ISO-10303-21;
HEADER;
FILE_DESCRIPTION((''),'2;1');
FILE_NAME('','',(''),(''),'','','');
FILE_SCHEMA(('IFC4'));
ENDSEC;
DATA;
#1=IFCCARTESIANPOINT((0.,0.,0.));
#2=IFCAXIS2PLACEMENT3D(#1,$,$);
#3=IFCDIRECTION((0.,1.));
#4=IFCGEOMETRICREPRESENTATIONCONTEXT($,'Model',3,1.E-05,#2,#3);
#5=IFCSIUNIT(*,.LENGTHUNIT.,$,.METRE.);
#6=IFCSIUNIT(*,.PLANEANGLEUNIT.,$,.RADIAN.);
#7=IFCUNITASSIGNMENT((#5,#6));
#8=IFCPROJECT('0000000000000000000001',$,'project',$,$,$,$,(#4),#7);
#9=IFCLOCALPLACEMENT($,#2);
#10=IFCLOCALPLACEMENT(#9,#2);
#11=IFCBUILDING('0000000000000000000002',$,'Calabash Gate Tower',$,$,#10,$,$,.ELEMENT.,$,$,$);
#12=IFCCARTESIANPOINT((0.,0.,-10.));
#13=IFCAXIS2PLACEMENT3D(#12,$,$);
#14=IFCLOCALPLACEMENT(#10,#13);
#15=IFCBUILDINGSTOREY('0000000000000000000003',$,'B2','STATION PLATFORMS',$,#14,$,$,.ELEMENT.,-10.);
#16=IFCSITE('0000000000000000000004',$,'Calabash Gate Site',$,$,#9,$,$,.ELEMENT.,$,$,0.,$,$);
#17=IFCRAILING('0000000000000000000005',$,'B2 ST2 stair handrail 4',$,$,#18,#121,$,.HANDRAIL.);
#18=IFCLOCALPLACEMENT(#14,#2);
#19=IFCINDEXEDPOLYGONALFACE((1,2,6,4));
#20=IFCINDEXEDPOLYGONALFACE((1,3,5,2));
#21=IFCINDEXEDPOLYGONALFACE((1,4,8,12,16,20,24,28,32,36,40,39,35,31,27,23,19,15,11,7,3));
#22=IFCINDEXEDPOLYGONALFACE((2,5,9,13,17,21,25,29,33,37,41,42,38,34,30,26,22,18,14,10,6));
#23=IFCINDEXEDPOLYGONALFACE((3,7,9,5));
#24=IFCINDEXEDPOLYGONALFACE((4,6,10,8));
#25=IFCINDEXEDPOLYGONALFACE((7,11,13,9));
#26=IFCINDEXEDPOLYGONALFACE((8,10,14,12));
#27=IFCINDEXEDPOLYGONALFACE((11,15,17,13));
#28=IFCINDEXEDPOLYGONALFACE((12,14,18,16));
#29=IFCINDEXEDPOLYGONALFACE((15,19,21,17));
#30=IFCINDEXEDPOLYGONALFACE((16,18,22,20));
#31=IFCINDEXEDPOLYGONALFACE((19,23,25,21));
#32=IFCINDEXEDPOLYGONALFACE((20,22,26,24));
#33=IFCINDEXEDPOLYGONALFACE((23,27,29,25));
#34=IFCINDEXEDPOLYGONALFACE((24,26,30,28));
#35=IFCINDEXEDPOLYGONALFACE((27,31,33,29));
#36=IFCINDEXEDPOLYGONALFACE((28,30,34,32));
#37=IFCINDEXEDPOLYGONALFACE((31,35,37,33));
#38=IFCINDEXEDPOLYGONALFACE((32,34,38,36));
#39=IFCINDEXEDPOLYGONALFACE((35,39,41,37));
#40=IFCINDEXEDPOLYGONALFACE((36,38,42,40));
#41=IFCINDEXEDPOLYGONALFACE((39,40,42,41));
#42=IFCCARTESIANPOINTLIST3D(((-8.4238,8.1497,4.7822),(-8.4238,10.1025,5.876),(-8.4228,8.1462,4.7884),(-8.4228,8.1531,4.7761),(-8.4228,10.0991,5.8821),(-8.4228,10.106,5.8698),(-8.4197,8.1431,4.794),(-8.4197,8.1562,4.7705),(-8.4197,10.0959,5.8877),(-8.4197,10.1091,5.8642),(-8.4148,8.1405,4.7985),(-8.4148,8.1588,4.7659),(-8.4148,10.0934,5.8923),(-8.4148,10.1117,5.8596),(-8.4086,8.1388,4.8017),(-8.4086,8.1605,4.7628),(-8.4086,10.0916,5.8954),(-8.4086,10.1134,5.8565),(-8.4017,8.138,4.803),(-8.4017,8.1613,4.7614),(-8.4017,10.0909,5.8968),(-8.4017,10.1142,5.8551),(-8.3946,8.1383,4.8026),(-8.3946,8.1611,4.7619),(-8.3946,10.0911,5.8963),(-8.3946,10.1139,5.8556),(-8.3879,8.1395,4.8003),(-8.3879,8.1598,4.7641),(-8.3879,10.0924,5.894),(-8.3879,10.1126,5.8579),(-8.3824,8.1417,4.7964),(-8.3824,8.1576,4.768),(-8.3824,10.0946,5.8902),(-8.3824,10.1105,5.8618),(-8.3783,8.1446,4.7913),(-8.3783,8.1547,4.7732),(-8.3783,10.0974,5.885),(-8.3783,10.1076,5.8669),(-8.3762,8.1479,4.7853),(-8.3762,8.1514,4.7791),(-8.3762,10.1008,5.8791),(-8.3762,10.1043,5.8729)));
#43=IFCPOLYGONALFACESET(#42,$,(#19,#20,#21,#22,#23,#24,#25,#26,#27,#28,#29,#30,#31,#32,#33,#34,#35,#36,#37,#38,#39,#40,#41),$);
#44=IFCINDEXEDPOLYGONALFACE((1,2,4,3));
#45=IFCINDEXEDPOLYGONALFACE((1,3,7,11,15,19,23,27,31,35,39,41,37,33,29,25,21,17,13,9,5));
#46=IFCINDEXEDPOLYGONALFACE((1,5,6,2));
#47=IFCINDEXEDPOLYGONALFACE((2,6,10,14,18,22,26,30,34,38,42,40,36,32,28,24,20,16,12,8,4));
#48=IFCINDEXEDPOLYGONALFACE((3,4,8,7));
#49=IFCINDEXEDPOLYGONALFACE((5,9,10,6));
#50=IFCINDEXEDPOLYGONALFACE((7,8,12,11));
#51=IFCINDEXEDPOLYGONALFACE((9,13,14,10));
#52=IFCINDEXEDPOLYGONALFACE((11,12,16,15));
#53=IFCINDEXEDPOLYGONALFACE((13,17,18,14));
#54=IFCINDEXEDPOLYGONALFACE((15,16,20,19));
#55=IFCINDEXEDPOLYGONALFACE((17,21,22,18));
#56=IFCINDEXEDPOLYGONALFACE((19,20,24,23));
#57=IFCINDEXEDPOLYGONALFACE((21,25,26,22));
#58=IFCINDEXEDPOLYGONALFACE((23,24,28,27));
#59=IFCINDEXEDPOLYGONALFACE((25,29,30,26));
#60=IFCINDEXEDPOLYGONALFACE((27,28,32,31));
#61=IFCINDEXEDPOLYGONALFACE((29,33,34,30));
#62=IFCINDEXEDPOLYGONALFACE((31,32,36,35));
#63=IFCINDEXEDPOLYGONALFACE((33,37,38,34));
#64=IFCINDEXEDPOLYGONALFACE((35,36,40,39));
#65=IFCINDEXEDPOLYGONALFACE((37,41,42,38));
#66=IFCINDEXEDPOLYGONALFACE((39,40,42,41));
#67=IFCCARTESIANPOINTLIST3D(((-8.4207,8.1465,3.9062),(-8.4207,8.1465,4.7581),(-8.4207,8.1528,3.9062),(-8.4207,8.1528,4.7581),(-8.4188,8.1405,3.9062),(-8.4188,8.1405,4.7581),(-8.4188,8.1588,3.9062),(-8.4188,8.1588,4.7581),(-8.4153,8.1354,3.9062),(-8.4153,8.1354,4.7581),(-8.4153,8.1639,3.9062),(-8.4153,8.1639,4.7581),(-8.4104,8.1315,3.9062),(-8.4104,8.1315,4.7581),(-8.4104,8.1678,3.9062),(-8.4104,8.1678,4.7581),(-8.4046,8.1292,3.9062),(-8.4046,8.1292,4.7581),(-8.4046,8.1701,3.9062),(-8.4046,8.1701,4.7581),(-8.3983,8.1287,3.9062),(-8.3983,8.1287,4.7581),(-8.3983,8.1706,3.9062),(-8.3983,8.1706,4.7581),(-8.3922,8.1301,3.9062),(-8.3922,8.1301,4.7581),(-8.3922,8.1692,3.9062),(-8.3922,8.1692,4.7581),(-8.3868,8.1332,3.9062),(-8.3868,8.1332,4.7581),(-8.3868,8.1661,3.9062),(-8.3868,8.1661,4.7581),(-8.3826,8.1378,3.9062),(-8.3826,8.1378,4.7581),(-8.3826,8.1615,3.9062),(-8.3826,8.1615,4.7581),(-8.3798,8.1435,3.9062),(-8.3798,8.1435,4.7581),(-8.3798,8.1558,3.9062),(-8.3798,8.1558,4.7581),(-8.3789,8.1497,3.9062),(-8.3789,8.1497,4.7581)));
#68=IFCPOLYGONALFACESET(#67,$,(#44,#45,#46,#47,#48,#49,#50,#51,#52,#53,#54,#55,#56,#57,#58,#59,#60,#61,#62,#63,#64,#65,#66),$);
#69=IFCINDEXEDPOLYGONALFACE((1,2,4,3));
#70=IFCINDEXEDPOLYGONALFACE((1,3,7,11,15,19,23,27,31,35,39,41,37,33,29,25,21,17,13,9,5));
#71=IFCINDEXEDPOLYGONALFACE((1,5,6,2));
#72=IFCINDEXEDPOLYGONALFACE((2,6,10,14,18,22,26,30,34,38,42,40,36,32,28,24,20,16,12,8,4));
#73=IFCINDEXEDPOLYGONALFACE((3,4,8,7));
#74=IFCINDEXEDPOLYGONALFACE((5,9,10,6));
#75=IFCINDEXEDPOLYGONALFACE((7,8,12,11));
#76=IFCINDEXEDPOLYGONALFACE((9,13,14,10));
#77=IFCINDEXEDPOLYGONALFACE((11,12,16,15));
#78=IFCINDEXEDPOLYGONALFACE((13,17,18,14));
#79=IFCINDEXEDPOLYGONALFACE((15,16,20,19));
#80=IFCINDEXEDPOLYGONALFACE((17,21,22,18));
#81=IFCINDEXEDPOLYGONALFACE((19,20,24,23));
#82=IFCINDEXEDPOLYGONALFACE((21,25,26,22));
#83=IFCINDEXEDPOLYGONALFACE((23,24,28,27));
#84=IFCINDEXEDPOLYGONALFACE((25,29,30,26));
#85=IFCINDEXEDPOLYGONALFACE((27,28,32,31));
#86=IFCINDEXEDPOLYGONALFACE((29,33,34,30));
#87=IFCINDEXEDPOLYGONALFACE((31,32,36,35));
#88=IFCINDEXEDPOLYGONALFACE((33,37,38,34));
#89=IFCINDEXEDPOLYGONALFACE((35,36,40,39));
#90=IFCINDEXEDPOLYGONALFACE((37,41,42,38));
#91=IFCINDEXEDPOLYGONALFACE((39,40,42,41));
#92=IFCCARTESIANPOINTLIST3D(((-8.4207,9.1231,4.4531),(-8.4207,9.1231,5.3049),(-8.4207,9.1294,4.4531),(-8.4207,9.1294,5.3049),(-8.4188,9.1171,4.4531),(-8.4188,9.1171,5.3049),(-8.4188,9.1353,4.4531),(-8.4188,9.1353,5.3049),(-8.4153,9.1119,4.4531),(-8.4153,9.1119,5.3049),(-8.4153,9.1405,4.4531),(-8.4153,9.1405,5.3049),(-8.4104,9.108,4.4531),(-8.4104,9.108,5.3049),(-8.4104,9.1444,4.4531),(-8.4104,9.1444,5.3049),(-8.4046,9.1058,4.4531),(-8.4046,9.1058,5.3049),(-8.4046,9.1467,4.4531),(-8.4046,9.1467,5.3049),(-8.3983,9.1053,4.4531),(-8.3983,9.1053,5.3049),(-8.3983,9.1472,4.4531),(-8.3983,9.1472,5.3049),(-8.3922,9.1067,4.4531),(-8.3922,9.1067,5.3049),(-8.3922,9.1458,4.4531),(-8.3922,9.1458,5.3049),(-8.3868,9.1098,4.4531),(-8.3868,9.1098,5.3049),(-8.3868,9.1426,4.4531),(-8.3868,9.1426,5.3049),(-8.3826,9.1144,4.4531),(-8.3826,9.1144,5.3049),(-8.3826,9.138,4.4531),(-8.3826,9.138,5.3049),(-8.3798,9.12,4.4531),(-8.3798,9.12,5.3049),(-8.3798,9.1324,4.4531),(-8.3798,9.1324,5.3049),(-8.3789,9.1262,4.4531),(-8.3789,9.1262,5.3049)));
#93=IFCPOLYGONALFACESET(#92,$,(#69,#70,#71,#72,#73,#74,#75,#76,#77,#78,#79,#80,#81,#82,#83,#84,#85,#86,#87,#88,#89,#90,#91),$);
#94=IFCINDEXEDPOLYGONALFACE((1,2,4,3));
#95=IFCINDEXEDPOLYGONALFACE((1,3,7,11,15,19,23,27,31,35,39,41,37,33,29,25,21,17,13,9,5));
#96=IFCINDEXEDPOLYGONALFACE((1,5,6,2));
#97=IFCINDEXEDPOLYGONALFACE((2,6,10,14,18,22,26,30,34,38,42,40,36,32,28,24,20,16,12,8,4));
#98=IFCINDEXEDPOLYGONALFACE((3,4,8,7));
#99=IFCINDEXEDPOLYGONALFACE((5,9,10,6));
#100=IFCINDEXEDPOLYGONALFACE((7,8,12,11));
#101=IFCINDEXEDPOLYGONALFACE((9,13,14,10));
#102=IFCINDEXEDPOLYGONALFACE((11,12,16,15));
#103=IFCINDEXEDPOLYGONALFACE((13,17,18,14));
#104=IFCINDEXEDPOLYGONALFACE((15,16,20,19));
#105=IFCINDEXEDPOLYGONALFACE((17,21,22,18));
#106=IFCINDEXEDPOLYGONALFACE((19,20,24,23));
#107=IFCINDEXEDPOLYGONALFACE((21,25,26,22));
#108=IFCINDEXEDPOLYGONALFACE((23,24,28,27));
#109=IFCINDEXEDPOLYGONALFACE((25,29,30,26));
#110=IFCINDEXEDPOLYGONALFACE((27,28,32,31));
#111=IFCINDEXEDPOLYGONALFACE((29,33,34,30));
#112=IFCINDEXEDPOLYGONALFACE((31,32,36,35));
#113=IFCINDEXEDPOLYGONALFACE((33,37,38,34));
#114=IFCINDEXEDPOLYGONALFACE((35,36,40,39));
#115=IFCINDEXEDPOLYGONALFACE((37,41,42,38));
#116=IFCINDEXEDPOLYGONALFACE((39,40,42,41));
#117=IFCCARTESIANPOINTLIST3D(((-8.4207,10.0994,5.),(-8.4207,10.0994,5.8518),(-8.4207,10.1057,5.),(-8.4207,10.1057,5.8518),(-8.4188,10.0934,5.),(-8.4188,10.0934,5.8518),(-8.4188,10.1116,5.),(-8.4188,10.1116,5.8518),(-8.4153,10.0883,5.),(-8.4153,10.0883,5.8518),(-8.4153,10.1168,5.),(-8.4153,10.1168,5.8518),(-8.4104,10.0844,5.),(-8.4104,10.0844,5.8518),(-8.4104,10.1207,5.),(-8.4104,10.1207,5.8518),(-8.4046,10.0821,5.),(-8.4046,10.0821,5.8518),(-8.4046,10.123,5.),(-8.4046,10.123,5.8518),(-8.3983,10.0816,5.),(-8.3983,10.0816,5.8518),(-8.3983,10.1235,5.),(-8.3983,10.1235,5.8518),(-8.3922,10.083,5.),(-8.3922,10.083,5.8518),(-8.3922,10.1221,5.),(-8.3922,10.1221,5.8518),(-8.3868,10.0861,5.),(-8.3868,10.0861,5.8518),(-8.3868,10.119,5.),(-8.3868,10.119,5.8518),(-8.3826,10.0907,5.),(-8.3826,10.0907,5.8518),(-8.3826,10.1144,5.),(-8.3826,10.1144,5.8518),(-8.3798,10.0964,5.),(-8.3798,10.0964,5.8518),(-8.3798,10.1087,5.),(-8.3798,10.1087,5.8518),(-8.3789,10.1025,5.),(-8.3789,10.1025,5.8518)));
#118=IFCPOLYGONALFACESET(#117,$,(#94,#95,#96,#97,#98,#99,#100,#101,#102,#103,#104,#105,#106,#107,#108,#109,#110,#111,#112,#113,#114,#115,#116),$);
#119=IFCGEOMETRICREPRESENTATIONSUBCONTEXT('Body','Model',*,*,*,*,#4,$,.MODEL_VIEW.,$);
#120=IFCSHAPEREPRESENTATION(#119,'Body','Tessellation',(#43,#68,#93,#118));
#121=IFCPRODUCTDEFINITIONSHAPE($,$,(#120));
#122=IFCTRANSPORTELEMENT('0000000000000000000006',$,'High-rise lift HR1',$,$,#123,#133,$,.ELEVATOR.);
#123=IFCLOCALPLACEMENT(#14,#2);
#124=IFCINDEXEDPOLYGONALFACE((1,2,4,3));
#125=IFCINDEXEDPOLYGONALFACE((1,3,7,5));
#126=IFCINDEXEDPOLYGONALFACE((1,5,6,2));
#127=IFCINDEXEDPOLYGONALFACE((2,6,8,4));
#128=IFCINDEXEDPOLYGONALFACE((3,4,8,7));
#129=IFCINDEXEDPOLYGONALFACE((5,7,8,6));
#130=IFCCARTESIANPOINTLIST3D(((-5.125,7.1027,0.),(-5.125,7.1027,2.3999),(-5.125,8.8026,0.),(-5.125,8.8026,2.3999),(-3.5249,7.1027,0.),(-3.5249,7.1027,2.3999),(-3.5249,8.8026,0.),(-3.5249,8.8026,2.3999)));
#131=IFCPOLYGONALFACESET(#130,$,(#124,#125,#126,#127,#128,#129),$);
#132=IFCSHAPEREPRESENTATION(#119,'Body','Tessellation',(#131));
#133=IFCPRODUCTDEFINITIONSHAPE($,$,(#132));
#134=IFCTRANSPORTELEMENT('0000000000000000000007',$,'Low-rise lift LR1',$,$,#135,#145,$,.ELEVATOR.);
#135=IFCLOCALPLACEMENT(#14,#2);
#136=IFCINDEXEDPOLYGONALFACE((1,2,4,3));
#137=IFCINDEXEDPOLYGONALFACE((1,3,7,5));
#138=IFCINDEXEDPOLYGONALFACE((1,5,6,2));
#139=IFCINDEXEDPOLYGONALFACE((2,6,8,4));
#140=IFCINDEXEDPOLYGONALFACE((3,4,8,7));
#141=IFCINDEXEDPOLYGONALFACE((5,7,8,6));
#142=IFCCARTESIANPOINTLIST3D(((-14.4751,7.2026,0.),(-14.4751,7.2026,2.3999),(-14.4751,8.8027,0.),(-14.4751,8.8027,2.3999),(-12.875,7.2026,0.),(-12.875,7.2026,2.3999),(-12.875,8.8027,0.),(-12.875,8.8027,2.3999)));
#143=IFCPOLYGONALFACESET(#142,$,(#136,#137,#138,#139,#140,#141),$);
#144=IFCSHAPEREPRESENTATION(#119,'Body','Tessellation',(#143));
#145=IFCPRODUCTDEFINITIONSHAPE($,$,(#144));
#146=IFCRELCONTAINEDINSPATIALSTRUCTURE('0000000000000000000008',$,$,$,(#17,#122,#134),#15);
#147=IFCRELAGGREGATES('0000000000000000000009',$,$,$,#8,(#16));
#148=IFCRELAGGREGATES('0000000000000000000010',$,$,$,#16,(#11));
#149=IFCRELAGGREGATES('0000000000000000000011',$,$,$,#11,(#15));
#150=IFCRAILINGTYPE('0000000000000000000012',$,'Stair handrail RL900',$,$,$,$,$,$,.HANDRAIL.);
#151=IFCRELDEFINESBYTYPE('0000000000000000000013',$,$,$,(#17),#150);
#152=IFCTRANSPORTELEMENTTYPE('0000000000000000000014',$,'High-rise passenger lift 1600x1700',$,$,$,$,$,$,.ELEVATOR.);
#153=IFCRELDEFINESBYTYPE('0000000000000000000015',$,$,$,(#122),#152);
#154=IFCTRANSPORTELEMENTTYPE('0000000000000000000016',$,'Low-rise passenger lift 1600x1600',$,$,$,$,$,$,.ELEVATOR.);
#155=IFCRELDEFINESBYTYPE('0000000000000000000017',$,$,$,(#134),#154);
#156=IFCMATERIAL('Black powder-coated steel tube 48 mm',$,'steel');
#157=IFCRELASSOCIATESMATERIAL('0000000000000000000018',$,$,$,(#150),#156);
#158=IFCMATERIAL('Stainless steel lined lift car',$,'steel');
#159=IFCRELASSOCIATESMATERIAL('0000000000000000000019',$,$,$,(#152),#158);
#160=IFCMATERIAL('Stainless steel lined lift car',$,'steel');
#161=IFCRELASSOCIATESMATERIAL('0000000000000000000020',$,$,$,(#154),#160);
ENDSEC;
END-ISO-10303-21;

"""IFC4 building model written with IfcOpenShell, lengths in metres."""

from ifc_helpers import new_model, si_unit, direction, frame, origin, origin_2d, place, context, subcontext, project, spatial, rectangle, circle, extrude, material, type_object, element, save


model = new_model("IFC4")

# Units and contexts
model_context = context("Model", 3, precision=1e-05, world=origin(), true_north=direction((0.0, 1.0)))
body_context = subcontext(model_context, "Body", "Model", "MODEL_VIEW")
ifc_project = project(units=[si_unit("LENGTHUNIT", "METRE"), si_unit("PLANEANGLEUNIT", "RADIAN")], contexts=[model_context])

# Site, building, storey
site_placement = place(None, origin())
site = spatial("IfcSite", under=ifc_project, at=site_placement, Name="Calabash Gate Site", CompositionType="ELEMENT", RefElevation=0.0)
building_placement = place(site_placement, origin())
building = spatial("IfcBuilding", under=site, at=building_placement, Name="Calabash Gate Tower", CompositionType="ELEMENT")
storey_placement = place(building_placement, frame((0.0, 0.0, -10.0)))
storey = spatial("IfcBuildingStorey", under=building, at=storey_placement, Name="B2", Description="STATION PLATFORMS", CompositionType="ELEMENT", Elevation=-10.0)

# Railing
ifc_material_1 = material(Name="Black powder-coated steel tube 48 mm", Category="steel")
railing_type = type_object("IfcRailingType", Name="Stair handrail RL900", PredefinedType="HANDRAIL", material=ifc_material_1)
railing_1_placement = place(storey_placement, frame((-8.3999, 8.1497, 3.9062)))
element("IfcRailing", 1, at=railing_1_placement, inside=storey, type_object=railing_type, Name="B2 ST2 stair handrail 4", PredefinedType="HANDRAIL", context=body_context, shape_type="SweptSolid", body=[
    extrude(circle(Radius=0.0239, at=origin_2d()), frame((0.0, 0.0, 0.876), z_axis=(0.0, 0.87248, 0.48865), x_axis=(-1.0, 0.0, 0.0)), (0.0, 0.0, 1.0), 2.2383),
    extrude(circle(Radius=0.021, at=origin_2d()), origin(), (0.0, 0.0, 1.0), 0.8518),
    extrude(circle(Radius=0.021, at=origin_2d()), frame((0.0, 0.9766, 0.5469)), (0.0, 0.0, 1.0), 0.8518),
    extrude(circle(Radius=0.021, at=origin_2d()), frame((0.0, 1.9529, 1.0938)), (0.0, 0.0, 1.0), 0.8518),
])

# Transport elements
ifc_material_2 = material(Name="Stainless steel lined lift car", Category="steel")
transport_element_type_1 = type_object("IfcTransportElementType", Name="High-rise passenger lift 1600x1700", PredefinedType="ELEVATOR", material=ifc_material_2)
transport_element_1_placement = place(storey_placement, frame((-4.325, 7.9526, 0.0), z_axis=(0.0, 0.0, 1.0), x_axis=(1.0, 0.0, 0.0)))
element("IfcTransportElement", 2, at=transport_element_1_placement, inside=storey, type_object=transport_element_type_1, Name="High-rise lift HR1", PredefinedType="ELEVATOR", context=body_context, shape_type="SweptSolid", body=[
    extrude(rectangle(XDim=1.6001, YDim=1.7, at=origin_2d()), origin(), (0.0, 0.0, 1.0), 2.3999),
])
ifc_material_3 = material(Name="Stainless steel lined lift car", Category="steel")
transport_element_type_2 = type_object("IfcTransportElementType", Name="Low-rise passenger lift 1600x1600", PredefinedType="ELEVATOR", material=ifc_material_3)
transport_element_2_placement = place(storey_placement, frame((-13.675, 8.0027, 0.0), z_axis=(0.0, 0.0, 1.0), x_axis=(1.0, 0.0, 0.0)))
element("IfcTransportElement", 3, at=transport_element_2_placement, inside=storey, type_object=transport_element_type_2, Name="Low-rise lift LR1", PredefinedType="ELEVATOR", context=body_context, shape_type="SweptSolid", body=[
    extrude(rectangle(XDim=1.6001, YDim=1.6001, at=origin_2d()), origin(), (0.0, 0.0, 1.0), 2.3999),
])

save(model, "model.ifc")
